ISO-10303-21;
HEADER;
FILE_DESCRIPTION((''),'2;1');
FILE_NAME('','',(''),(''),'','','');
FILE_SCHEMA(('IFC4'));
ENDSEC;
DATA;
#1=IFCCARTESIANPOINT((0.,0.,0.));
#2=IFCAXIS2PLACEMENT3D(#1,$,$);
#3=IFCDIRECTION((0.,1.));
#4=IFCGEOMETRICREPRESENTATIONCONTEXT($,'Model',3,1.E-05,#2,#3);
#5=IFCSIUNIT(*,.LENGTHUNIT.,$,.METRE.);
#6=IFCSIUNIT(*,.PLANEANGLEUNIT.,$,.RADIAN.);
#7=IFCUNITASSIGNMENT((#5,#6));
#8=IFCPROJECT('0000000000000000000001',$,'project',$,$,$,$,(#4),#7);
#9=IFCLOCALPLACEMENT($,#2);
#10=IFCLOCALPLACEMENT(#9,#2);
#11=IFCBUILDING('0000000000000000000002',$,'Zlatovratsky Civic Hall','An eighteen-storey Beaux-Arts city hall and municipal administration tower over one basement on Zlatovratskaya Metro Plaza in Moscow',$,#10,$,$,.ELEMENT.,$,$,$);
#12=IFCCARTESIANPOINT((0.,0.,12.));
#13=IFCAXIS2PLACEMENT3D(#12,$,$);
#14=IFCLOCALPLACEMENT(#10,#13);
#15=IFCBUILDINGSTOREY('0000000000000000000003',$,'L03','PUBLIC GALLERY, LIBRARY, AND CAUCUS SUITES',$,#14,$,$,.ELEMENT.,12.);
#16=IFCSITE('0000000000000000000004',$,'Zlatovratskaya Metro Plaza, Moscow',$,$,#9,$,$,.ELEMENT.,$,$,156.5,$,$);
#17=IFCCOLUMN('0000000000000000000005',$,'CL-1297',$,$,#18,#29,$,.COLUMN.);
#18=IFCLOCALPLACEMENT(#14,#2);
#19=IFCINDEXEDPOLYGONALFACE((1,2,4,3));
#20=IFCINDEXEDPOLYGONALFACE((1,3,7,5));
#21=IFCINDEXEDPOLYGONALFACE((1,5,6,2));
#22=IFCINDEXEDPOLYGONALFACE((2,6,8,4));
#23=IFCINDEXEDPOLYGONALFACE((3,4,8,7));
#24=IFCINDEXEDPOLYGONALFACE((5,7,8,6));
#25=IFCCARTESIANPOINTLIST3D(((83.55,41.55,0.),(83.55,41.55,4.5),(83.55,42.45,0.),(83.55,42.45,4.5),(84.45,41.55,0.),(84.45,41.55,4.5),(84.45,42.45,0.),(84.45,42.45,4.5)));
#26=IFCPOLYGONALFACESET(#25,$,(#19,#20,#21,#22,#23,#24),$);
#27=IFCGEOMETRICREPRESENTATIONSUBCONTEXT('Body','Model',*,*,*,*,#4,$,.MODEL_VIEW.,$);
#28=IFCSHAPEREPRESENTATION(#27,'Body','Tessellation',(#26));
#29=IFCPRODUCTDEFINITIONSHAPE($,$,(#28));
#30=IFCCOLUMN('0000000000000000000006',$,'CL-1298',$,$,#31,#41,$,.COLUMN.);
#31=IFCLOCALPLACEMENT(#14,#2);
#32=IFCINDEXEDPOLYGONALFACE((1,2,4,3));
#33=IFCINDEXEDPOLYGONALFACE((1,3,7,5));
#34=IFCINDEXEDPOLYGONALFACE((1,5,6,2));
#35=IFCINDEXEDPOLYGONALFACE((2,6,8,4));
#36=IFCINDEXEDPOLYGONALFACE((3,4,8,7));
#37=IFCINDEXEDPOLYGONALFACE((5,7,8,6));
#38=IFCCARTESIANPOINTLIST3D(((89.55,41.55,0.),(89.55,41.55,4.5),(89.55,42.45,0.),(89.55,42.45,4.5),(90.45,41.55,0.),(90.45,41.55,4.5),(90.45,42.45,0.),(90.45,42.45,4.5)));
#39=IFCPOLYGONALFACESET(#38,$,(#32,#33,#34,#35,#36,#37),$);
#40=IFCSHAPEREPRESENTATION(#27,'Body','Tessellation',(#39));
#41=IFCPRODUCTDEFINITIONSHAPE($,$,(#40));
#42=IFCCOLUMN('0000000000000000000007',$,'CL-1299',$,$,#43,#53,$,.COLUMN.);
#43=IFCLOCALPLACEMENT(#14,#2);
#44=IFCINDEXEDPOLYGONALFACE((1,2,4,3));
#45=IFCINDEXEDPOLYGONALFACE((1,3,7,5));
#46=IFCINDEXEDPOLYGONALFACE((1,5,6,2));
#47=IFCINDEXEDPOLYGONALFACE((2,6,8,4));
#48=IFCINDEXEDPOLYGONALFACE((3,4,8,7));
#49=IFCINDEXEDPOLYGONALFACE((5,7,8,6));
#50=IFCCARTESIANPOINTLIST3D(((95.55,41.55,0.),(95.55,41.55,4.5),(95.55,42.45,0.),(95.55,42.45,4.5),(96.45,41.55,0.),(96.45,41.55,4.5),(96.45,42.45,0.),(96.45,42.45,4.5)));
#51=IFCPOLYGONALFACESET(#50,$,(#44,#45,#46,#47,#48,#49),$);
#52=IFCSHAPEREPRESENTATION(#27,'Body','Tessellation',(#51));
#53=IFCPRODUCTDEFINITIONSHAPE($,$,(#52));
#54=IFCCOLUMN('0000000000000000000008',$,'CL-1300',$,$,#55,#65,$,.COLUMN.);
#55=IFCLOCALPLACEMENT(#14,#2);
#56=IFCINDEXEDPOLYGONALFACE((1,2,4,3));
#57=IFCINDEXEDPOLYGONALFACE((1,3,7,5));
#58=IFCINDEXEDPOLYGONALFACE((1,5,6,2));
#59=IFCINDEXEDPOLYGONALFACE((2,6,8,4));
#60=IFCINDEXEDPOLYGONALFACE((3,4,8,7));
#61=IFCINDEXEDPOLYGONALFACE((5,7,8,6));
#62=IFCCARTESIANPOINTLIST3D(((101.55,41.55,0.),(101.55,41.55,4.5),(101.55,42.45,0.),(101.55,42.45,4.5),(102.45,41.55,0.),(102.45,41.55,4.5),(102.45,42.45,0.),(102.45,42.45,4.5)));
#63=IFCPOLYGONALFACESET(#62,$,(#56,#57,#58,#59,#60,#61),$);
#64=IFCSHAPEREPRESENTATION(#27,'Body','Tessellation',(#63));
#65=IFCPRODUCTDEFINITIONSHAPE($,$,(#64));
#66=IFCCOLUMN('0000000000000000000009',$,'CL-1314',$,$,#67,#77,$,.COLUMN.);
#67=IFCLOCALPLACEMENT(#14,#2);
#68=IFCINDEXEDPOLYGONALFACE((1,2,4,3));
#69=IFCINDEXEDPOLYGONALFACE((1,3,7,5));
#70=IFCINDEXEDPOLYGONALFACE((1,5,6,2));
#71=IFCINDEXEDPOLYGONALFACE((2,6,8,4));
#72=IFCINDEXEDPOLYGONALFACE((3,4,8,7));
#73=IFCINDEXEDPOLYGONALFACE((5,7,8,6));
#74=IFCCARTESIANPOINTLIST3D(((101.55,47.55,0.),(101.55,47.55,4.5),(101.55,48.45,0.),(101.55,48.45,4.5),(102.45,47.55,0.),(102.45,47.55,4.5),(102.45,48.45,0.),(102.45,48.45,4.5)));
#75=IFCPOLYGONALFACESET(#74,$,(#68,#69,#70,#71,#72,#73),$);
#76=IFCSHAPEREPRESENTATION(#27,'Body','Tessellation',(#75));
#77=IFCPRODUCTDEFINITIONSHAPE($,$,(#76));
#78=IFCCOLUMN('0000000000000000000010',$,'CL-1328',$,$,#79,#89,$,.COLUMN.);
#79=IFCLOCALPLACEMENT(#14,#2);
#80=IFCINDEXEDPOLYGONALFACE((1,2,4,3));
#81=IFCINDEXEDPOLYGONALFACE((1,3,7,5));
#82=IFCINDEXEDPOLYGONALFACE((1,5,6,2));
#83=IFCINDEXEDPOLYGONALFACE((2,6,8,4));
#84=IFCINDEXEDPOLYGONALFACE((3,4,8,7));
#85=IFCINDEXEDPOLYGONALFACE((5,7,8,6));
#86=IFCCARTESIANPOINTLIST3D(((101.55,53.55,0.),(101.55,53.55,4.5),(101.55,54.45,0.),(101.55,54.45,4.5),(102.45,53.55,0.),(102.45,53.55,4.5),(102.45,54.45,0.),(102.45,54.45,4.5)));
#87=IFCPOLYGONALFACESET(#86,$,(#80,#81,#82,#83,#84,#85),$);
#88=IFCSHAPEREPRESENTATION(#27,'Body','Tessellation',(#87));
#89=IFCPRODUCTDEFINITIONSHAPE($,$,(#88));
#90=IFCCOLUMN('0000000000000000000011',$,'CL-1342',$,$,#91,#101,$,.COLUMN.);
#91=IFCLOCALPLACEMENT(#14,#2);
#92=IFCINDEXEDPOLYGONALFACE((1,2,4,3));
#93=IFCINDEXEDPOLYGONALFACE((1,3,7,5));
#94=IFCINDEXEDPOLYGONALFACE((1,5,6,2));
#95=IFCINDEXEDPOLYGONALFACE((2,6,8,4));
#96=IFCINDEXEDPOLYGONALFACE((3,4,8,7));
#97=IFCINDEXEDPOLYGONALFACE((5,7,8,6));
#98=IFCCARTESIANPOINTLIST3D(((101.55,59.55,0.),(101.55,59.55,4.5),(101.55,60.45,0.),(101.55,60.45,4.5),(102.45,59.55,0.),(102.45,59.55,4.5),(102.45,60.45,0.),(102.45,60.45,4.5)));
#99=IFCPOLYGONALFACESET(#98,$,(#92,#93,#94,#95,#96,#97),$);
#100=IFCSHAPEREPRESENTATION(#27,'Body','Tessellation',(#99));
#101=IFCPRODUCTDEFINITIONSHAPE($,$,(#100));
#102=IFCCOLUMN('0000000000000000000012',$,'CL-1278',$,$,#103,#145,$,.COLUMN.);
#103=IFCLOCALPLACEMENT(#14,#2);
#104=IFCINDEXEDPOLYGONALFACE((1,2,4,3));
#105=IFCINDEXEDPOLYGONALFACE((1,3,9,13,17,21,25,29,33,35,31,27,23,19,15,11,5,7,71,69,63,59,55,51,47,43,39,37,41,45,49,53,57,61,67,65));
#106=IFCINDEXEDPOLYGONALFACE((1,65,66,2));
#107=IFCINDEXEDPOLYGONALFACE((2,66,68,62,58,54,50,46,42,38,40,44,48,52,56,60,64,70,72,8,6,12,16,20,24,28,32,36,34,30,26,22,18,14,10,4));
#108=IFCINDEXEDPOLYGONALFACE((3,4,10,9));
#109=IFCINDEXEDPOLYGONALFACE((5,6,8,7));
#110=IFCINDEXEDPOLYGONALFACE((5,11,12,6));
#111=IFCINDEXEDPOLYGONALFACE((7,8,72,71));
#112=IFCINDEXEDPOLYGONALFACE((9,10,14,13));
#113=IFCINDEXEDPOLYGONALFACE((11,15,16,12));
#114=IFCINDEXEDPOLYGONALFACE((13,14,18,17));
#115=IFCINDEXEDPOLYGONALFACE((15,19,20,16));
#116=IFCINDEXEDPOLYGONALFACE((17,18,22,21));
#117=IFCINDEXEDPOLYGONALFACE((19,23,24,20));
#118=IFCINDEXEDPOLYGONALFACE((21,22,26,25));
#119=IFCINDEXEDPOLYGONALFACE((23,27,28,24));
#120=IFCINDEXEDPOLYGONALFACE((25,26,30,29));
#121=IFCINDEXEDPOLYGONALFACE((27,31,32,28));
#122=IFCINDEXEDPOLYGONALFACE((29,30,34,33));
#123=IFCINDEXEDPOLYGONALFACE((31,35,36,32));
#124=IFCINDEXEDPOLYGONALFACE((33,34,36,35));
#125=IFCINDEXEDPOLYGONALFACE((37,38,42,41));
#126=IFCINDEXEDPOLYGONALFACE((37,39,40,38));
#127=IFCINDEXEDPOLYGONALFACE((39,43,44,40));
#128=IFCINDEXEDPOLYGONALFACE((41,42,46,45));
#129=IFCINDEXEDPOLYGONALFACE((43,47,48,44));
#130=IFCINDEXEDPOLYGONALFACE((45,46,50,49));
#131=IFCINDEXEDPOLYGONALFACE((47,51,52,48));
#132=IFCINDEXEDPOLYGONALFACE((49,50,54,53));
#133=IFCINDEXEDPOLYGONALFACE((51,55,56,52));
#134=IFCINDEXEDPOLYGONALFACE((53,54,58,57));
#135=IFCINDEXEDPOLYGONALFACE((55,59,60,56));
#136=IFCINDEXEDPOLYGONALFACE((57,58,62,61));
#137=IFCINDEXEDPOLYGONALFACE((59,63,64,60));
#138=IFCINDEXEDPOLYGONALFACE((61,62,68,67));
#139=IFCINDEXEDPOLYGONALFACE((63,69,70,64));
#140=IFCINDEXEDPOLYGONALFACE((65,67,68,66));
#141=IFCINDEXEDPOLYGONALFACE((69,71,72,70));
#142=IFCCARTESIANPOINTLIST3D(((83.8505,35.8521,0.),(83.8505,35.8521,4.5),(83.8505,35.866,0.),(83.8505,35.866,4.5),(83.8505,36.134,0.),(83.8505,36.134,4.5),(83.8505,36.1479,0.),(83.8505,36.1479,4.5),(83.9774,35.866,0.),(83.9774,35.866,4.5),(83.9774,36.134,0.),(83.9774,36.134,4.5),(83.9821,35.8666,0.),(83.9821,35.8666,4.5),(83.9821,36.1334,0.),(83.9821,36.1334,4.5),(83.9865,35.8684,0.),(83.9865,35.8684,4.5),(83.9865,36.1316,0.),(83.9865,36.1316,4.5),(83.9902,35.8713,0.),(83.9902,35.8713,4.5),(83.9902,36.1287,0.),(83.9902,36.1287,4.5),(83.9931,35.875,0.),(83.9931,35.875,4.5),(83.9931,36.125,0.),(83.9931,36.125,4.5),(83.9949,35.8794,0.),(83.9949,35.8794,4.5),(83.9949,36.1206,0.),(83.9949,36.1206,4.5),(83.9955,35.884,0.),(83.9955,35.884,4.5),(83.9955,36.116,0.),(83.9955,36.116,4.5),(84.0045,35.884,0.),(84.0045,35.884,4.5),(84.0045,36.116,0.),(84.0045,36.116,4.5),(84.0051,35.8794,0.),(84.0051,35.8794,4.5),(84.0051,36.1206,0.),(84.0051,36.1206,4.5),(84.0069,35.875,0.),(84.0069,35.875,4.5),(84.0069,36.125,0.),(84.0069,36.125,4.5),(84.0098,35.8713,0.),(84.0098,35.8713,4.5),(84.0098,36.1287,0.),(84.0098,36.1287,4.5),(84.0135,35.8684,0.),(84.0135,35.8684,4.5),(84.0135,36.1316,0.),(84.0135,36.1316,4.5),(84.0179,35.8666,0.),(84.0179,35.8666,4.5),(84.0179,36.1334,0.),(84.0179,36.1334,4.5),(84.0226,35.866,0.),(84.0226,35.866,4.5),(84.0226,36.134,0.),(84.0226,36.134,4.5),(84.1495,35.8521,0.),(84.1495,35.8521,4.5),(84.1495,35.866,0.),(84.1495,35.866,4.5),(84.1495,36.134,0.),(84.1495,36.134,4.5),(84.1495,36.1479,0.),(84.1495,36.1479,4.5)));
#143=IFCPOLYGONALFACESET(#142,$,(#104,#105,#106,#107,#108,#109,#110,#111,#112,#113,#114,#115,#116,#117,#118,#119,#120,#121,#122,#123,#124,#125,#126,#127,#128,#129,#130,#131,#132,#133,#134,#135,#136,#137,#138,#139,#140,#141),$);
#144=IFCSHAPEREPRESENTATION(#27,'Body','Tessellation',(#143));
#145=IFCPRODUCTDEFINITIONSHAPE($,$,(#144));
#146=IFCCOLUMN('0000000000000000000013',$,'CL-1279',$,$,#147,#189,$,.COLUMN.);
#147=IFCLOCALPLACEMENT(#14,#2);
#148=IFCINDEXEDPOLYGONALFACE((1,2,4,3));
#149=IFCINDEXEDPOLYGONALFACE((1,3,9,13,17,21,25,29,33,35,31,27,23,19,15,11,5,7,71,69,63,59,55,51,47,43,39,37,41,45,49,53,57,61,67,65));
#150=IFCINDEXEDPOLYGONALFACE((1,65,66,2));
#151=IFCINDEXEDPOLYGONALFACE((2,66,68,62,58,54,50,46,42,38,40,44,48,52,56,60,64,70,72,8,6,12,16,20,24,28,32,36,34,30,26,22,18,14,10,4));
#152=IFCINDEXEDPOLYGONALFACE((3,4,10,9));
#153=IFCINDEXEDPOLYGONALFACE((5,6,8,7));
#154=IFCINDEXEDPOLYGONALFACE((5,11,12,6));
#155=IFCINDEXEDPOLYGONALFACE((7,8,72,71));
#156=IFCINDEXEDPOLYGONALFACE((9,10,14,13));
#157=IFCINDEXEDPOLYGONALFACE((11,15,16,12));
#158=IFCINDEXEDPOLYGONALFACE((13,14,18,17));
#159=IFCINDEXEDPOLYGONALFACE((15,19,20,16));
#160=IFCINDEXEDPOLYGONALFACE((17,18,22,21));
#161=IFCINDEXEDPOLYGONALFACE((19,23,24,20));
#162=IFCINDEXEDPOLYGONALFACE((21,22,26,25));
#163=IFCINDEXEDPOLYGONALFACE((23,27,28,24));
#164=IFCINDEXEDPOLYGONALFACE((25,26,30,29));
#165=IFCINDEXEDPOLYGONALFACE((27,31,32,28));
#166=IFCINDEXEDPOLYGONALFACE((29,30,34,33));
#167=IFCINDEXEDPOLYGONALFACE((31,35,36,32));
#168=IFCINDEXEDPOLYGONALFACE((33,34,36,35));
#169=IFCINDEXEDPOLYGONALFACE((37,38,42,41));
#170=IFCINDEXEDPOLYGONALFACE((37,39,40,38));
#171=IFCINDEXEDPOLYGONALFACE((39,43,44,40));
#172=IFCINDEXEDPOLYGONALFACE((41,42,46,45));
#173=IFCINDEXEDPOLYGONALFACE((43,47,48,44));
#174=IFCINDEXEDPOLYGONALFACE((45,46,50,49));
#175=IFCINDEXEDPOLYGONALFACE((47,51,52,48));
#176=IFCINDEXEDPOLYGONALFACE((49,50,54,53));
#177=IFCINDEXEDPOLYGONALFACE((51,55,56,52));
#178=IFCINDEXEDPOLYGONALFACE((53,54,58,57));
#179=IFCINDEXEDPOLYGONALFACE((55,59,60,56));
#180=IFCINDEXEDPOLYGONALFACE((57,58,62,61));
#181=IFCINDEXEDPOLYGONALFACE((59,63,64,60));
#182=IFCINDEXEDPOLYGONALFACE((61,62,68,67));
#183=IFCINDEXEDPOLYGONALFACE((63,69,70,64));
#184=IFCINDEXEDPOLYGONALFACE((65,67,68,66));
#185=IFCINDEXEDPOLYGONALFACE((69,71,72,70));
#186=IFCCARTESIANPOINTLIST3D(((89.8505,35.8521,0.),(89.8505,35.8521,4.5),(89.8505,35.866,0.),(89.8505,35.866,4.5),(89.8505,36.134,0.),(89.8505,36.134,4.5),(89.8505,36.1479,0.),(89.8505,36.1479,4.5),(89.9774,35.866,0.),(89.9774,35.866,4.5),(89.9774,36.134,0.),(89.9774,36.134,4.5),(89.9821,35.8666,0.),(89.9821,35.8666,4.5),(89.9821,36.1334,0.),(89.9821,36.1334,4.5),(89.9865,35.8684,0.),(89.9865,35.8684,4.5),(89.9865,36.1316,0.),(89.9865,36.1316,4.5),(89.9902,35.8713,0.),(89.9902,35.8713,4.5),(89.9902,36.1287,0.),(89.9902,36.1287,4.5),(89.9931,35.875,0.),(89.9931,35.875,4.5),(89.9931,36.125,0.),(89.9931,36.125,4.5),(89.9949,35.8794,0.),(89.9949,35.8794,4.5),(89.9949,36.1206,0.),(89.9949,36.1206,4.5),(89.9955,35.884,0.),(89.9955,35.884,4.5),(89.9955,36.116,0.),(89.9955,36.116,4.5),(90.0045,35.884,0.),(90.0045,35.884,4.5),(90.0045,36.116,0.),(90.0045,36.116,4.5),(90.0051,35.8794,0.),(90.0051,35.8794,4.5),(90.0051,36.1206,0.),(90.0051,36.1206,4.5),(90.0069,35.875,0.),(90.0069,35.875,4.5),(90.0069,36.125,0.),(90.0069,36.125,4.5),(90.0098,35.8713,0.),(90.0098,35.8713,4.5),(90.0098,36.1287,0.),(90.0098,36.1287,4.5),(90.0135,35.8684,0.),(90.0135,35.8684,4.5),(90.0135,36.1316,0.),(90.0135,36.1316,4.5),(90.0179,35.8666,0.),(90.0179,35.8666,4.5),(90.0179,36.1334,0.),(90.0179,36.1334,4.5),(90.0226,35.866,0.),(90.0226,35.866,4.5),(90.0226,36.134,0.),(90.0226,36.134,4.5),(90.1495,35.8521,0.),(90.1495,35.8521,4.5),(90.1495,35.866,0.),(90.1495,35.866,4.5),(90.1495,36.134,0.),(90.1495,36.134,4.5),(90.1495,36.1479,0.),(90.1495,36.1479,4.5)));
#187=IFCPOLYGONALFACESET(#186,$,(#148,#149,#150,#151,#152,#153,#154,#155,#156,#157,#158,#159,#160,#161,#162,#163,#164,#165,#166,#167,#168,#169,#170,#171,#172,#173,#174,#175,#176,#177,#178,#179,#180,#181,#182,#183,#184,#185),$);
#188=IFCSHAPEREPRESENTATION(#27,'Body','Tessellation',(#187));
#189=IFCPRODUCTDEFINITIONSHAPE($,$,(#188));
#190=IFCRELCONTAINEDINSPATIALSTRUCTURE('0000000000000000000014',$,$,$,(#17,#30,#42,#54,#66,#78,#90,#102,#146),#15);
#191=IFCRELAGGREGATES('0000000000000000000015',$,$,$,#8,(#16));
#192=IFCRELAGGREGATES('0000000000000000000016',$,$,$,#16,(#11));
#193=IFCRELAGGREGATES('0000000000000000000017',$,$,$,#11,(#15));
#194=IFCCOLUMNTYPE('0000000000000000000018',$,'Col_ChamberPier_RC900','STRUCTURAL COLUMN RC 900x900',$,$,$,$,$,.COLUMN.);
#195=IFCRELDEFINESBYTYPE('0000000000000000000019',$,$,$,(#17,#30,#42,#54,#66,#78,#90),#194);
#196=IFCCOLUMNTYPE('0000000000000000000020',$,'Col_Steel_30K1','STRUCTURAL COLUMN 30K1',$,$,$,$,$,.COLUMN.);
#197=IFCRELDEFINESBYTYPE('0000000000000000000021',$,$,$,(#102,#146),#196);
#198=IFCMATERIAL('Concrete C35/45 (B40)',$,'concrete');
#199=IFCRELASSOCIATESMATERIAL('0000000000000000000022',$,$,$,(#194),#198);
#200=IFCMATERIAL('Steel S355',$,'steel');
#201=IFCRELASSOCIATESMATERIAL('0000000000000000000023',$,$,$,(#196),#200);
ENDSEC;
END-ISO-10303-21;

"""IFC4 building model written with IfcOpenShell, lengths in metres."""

from ifc_helpers import new_model, si_unit, direction, frame, origin, origin_2d, place, context, subcontext, project, spatial, rectangle, i_section, extrude, material, material_profile, profile_set, type_object, element, save


model = new_model("IFC4")

# Units and contexts
model_context = context("Model", 3, precision=1e-05, world=origin(), true_north=direction((0.0, 1.0)))
body_context = subcontext(model_context, "Body", "Model", "MODEL_VIEW")
ifc_project = project(units=[si_unit("LENGTHUNIT", "METRE"), si_unit("PLANEANGLEUNIT", "RADIAN")], contexts=[model_context])

# Site, building, storey
site_placement = place(None, origin())
site = spatial("IfcSite", under=ifc_project, at=site_placement, Name="Zlatovratskaya Metro Plaza, Moscow", CompositionType="ELEMENT", RefElevation=156.5)
building_placement = place(site_placement, origin())
building = spatial("IfcBuilding", under=site, at=building_placement, Name="Zlatovratsky Civic Hall", Description="An eighteen-storey Beaux-Arts city hall and municipal administration tower over one basement on Zlatovratskaya Metro Plaza in Moscow", CompositionType="ELEMENT")
storey_placement = place(building_placement, frame((0.0, 0.0, 12.0)))
storey = spatial("IfcBuildingStorey", under=building, at=storey_placement, Name="L03", Description="PUBLIC GALLERY, LIBRARY, AND CAUCUS SUITES", CompositionType="ELEMENT", Elevation=12.0)

# Columns
ifc_material_1 = material(Name="Concrete C35/45 (B40)", Category="concrete")
ifc_material_profile_1 = material_profile(ifc_material_1, rectangle(XDim=0.8999, YDim=0.8999, at=origin_2d()), Name="RC 900x900")
ifc_profile_set_1 = profile_set([ifc_material_profile_1], Name="Concrete C35/45 (B40)")
column_type_1 = type_object("IfcColumnType", Name="Col_ChamberPier_RC900", Description="STRUCTURAL COLUMN RC 900x900", PredefinedType="COLUMN", material=ifc_profile_set_1)
for number, where, z_axis, x_axis, name in (
    (1, (84.0, 42.0, 0.0), (0.0, 0.0, 1.0), (1.0, 0.0, 0.0), "CL-1297"),
    (2, (90.0, 42.0, 0.0), (0.0, 0.0, 1.0), (1.0, 0.0, 0.0), "CL-1298"),
    (3, (96.0, 42.0, 0.0), (0.0, 0.0, 1.0), (1.0, 0.0, 0.0), "CL-1299"),
    (4, (102.0, 42.0, 0.0), (0.0, 0.0, 1.0), (1.0, 0.0, 0.0), "CL-1300"),
    (5, (102.0, 48.0, 0.0), (0.0, 0.0, 1.0), (1.0, 0.0, 0.0), "CL-1314"),
    (6, (102.0, 54.0, 0.0), (0.0, 0.0, 1.0), (1.0, 0.0, 0.0), "CL-1328"),
    (7, (102.0, 60.0, 0.0), (0.0, 0.0, 1.0), (1.0, 0.0, 0.0), "CL-1342"),
):
    element("IfcColumn", number, at=place(storey_placement, frame(where, z_axis=z_axis, x_axis=x_axis)), inside=storey, type_object=column_type_1, Name=name, PredefinedType="COLUMN", context=body_context, shape_type="SweptSolid", body=[
        extrude(rectangle(XDim=0.8999, YDim=0.8999, at=origin_2d()), origin(), (0.0, 0.0, 1.0), 4.5),
    ])
ifc_material_2 = material(Name="Steel S355", Category="steel")
ifc_material_profile_2 = material_profile(ifc_material_2, i_section(OverallWidth=0.2991, OverallDepth=0.2959, WebThickness=0.009, FlangeThickness=0.0139, FilletRadius=0.0181, at=origin_2d()), Name="30K1")
ifc_profile_set_2 = profile_set([ifc_material_profile_2], Name="Steel S355")
column_type_2 = type_object("IfcColumnType", Name="Col_Steel_30K1", Description="STRUCTURAL COLUMN 30K1", PredefinedType="COLUMN", material=ifc_profile_set_2)
for number, where, z_axis, x_axis, name in (
    (8, (84.0, 36.0, 0.0), (0.0, 0.0, 1.0), (1.0, 0.0, 0.0), "CL-1278"),
    (9, (90.0, 36.0, 0.0), (0.0, 0.0, 1.0), (1.0, 0.0, 0.0), "CL-1279"),
):
    element("IfcColumn", number, at=place(storey_placement, frame(where, z_axis=z_axis, x_axis=x_axis)), inside=storey, type_object=column_type_2, Name=name, PredefinedType="COLUMN", context=body_context, shape_type="SweptSolid", body=[
        extrude(i_section(OverallWidth=0.2991, OverallDepth=0.2959, WebThickness=0.009, FlangeThickness=0.0139, FilletRadius=0.0181, at=origin_2d()), origin(), (0.0, 0.0, 1.0), 4.5),
    ])

save(model, "model.ifc")
